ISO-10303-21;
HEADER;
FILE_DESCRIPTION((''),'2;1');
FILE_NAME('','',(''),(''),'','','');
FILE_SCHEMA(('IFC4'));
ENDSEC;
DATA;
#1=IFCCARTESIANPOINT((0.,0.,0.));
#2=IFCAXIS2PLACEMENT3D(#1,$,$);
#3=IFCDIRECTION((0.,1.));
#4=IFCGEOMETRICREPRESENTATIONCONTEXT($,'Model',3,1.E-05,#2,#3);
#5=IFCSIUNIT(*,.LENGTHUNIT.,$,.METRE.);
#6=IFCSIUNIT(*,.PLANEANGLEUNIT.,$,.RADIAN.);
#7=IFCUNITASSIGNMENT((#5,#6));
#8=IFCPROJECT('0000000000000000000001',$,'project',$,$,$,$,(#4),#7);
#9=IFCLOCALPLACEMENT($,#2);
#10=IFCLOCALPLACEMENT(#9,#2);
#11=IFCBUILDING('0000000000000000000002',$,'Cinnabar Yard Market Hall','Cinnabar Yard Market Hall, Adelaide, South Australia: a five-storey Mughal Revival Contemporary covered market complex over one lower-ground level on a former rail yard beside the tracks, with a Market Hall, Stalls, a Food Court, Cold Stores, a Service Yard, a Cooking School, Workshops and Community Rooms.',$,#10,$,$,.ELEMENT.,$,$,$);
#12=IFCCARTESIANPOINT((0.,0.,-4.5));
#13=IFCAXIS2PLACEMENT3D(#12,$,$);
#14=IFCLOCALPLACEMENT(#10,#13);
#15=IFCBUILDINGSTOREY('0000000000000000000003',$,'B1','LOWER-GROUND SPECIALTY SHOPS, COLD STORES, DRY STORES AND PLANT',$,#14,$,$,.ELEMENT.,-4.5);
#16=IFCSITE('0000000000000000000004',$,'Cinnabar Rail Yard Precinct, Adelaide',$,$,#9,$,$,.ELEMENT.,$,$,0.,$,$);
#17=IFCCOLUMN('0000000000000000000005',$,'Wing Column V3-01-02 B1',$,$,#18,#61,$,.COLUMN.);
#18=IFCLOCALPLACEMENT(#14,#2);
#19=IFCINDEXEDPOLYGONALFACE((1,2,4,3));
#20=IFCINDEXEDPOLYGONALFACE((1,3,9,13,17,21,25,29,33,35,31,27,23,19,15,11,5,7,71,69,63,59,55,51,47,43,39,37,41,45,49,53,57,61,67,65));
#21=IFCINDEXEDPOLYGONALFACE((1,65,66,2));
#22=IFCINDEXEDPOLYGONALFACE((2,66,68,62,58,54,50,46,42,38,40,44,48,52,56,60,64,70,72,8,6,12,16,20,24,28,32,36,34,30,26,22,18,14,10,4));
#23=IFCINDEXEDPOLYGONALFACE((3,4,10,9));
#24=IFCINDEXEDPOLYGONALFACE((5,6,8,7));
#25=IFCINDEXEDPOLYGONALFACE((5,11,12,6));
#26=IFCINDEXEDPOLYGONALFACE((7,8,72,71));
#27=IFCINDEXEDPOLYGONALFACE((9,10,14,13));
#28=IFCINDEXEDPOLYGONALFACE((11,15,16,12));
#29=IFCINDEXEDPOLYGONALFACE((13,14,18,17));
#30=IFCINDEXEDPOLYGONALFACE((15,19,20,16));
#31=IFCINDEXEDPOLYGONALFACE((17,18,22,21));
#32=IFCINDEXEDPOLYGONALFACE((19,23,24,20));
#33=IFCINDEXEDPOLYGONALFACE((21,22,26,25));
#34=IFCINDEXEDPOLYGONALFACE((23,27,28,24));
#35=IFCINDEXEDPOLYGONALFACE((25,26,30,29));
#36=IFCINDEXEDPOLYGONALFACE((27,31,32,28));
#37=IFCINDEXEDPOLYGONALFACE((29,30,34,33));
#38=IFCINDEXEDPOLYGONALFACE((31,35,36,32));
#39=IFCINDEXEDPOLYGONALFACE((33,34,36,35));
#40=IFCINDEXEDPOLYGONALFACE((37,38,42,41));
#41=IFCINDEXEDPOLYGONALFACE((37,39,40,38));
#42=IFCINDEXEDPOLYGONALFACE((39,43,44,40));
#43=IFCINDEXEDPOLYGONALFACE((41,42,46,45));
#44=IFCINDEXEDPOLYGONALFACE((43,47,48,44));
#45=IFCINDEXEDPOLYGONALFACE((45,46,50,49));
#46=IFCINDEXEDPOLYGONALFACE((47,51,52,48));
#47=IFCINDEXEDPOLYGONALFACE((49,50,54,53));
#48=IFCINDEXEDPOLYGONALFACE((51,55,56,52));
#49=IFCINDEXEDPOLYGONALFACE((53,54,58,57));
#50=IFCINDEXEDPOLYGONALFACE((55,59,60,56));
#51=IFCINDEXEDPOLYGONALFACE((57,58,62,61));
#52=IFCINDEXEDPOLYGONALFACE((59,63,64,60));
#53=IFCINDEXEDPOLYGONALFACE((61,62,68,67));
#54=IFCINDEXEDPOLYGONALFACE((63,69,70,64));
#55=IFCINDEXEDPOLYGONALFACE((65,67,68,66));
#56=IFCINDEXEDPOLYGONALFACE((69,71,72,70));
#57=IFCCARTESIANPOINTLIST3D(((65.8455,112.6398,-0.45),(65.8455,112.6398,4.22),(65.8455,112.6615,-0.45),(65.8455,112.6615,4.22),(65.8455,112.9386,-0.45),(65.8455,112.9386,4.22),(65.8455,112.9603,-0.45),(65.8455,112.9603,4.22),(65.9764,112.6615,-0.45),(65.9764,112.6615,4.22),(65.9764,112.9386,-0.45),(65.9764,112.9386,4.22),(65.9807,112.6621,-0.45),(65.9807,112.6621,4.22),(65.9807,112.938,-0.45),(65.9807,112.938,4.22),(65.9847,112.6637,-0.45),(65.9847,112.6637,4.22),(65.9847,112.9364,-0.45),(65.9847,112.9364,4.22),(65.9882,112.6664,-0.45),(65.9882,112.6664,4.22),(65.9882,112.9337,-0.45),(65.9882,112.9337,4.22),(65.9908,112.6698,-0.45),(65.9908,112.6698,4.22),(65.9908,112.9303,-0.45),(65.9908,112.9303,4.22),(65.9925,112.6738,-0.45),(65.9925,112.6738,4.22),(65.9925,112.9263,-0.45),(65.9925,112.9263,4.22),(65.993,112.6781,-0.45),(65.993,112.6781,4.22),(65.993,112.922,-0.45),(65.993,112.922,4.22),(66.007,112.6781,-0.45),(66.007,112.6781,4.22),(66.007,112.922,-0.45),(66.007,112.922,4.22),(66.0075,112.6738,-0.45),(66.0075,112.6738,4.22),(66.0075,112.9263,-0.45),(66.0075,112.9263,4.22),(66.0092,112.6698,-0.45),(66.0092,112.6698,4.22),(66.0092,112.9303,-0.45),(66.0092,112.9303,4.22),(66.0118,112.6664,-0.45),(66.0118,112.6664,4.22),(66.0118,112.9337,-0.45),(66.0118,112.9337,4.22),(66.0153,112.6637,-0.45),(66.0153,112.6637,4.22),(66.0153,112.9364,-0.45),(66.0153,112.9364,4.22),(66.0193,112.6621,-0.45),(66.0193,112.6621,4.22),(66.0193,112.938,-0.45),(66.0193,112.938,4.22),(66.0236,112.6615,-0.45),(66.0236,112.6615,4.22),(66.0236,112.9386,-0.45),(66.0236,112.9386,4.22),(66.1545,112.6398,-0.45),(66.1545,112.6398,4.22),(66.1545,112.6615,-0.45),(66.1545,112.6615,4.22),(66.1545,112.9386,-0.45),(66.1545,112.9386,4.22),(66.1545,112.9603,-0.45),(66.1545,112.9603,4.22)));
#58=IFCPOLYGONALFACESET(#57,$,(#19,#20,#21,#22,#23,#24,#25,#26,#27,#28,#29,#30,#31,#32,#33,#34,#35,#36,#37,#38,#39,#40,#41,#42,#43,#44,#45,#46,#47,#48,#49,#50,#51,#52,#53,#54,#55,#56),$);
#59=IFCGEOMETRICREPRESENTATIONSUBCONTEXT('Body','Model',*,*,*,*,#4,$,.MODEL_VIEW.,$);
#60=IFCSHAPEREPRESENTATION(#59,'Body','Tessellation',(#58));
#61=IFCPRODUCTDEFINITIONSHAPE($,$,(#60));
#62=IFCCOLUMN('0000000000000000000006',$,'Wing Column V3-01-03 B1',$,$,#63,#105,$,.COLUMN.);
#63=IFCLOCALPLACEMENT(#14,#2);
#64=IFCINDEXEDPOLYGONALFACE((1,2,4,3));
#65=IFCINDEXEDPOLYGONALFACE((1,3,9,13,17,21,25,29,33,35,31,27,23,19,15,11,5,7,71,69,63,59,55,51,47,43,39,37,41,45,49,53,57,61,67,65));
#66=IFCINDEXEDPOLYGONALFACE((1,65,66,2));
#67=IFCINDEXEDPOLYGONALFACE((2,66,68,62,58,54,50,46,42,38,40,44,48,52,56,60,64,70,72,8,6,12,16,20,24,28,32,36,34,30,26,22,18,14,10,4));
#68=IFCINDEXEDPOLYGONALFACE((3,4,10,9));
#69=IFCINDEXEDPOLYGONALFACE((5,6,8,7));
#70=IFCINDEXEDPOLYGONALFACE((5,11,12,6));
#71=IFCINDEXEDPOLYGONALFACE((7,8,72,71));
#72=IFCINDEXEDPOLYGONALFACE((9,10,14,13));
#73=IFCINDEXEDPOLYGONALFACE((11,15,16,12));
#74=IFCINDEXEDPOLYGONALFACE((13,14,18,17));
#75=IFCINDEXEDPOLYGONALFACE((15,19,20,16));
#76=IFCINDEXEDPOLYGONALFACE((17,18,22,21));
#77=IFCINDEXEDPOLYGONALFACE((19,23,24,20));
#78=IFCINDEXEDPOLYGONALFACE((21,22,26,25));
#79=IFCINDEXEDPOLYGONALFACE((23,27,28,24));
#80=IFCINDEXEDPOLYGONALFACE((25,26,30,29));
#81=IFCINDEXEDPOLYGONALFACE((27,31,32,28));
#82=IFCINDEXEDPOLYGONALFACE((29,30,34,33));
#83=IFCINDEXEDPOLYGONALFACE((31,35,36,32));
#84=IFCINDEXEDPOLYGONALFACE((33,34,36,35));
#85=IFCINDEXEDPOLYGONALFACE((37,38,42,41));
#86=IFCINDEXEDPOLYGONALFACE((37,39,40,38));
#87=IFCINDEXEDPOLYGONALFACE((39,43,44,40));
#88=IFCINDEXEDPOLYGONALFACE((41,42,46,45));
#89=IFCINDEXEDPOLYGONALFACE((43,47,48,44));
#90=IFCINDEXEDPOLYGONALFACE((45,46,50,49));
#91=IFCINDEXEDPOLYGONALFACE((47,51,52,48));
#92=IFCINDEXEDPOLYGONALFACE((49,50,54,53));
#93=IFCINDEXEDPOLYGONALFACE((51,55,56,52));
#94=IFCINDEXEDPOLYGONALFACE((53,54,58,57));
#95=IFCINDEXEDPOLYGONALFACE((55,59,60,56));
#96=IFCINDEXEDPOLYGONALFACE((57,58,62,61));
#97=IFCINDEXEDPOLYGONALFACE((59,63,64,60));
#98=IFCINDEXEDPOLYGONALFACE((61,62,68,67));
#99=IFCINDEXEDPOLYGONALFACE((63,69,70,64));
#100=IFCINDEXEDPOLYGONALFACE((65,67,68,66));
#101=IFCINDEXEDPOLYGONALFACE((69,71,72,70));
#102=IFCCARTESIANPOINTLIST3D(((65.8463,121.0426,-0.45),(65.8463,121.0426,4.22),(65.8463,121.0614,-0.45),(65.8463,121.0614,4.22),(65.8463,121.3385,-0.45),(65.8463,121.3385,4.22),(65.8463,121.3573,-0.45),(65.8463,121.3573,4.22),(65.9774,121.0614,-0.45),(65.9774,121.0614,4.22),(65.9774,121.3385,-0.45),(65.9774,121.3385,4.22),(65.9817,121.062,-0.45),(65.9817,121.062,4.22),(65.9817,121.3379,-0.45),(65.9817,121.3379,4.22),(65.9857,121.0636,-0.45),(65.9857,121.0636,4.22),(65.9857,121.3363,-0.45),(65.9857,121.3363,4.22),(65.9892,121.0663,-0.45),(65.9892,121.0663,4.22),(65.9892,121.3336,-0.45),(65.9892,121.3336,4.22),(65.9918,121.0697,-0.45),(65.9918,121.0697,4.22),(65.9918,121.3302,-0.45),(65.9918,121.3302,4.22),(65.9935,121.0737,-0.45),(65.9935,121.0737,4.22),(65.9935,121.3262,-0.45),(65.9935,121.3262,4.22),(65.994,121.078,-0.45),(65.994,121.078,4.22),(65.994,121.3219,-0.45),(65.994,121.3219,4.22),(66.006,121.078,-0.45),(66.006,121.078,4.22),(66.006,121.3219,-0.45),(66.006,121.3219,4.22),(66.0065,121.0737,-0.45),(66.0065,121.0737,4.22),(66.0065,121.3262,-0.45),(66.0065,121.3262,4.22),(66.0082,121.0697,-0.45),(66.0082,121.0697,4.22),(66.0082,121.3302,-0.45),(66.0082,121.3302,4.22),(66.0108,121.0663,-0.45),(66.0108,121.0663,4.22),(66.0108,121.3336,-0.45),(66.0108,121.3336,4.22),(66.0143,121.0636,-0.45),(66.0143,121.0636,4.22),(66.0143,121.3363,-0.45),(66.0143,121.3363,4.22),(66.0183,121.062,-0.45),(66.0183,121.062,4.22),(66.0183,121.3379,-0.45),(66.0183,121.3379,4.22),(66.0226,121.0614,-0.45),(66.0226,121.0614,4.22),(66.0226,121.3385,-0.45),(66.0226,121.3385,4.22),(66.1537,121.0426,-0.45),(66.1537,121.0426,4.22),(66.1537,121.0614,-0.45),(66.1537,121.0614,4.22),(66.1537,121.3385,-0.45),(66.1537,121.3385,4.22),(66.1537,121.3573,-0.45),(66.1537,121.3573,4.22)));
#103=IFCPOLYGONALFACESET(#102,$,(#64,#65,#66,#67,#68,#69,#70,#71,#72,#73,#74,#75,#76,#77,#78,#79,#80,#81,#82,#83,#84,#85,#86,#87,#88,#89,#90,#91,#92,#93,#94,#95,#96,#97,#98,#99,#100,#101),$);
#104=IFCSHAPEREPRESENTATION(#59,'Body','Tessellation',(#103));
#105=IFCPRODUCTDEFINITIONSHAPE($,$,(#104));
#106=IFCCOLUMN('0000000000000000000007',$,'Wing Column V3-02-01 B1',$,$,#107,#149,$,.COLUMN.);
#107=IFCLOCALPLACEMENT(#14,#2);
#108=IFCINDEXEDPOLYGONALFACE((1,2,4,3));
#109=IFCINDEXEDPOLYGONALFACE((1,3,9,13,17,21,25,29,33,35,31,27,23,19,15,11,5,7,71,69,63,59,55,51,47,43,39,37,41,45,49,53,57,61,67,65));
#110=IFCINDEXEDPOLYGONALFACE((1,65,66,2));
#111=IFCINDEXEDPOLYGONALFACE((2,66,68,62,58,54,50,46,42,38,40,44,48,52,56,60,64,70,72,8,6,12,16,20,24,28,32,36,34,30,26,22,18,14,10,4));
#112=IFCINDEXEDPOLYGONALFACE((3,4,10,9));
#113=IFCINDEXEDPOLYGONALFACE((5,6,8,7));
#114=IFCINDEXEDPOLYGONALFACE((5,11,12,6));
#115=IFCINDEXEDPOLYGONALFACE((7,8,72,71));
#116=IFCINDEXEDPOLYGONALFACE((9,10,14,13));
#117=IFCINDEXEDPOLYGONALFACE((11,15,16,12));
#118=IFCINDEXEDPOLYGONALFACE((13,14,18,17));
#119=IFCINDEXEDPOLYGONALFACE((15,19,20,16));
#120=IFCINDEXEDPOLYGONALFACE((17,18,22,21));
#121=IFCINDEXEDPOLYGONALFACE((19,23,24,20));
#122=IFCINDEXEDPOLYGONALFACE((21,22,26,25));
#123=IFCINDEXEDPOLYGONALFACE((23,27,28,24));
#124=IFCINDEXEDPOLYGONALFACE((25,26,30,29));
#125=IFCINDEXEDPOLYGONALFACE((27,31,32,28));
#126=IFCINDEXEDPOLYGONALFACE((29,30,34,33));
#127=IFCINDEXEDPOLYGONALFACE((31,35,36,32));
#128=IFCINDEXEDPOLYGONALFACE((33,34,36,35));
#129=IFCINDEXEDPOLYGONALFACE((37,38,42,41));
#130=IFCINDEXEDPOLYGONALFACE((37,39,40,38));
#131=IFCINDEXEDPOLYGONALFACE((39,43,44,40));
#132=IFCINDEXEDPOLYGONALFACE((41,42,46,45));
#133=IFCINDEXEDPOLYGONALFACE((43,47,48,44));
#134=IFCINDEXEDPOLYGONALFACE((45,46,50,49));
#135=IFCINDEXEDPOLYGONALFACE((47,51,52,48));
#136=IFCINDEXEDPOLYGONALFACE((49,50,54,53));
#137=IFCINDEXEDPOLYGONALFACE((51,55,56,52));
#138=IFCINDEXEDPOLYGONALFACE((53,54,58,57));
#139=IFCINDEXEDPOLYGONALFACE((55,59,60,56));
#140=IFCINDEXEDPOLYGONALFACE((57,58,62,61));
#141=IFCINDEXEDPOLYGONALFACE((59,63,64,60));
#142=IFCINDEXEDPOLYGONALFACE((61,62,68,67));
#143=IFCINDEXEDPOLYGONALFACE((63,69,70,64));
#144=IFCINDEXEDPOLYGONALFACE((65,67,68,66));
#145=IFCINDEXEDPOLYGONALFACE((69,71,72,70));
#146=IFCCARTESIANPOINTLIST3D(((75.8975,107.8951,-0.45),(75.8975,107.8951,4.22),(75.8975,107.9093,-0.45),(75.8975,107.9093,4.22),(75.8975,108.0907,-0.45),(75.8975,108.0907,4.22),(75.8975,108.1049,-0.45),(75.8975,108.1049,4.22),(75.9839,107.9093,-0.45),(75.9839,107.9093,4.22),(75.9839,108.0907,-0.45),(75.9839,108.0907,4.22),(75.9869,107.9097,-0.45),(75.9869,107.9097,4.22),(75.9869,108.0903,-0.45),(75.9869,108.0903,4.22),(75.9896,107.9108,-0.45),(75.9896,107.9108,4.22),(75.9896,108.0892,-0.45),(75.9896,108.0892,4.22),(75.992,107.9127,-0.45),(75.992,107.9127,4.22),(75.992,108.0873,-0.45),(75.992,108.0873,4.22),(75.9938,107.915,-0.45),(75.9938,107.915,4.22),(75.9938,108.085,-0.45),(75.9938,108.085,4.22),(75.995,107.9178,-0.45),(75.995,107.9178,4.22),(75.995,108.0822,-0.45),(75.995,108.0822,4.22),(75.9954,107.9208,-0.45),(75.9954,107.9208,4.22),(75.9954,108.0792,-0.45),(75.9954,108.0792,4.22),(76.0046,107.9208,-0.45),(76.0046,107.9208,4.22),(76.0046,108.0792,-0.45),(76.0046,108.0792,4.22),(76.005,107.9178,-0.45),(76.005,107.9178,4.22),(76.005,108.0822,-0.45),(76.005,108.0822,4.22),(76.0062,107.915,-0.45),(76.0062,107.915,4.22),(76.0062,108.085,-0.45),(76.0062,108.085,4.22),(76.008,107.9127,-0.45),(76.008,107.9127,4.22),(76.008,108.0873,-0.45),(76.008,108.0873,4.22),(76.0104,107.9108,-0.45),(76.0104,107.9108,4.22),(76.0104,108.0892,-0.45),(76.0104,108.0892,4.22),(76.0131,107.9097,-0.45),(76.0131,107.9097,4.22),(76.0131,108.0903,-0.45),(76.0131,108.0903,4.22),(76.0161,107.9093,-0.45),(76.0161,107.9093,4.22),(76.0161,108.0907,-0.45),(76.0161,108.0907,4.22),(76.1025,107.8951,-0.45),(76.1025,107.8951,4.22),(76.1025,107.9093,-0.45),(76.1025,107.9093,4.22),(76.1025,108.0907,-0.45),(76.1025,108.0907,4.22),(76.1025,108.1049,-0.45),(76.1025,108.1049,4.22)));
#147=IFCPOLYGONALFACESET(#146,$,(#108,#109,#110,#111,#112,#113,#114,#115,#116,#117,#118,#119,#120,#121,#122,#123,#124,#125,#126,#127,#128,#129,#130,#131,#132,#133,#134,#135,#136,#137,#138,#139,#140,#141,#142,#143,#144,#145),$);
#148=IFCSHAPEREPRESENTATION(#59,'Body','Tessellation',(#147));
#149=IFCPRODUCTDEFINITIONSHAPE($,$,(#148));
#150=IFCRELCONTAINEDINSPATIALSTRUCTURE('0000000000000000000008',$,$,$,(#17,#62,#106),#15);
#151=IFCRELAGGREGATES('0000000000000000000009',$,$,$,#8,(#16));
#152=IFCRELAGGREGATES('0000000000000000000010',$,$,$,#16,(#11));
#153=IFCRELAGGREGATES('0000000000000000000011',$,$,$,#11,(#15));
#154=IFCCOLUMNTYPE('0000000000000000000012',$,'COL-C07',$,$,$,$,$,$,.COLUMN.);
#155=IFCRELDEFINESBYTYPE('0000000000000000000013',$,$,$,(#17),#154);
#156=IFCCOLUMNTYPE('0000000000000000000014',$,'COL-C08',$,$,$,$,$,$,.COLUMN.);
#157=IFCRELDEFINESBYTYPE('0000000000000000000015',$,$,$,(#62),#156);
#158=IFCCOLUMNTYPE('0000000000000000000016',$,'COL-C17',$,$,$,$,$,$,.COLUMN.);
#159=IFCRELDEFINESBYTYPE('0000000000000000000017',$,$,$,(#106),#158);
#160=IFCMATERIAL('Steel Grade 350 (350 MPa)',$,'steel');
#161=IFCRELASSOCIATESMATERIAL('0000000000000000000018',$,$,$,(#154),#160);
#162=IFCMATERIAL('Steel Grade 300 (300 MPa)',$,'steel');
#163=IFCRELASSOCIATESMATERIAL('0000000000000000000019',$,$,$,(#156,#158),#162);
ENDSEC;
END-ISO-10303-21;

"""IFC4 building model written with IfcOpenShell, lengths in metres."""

from ifc_helpers import new_model, si_unit, direction, frame, origin, origin_2d_with_axis, place, context, subcontext, project, spatial, i_section, extrude, material, material_profile, profile_set, type_object, element, save


model = new_model("IFC4")

# Units and contexts
model_context = context("Model", 3, precision=1e-05, world=origin(), true_north=direction((0.0, 1.0)))
body_context = subcontext(model_context, "Body", "Model", "MODEL_VIEW")
ifc_project = project(units=[si_unit("LENGTHUNIT", "METRE"), si_unit("PLANEANGLEUNIT", "RADIAN")], contexts=[model_context])

# Site, building, storey
site_placement = place(None, origin())
site = spatial("IfcSite", under=ifc_project, at=site_placement, Name="Cinnabar Rail Yard Precinct, Adelaide", CompositionType="ELEMENT", RefElevation=0.0)
building_placement = place(site_placement, origin())
building = spatial("IfcBuilding", under=site, at=building_placement, Name="Cinnabar Yard Market Hall", Description="Cinnabar Yard Market Hall, Adelaide, South Australia: a five-storey Mughal Revival Contemporary covered market complex over one lower-ground level on a former rail yard beside the tracks, with a Market Hall, Stalls, a Food Court, Cold Stores, a Service Yard, a Cooking School, Workshops and Community Rooms.", CompositionType="ELEMENT")
storey_placement = place(building_placement, frame((0.0, 0.0, -4.5)))
storey = spatial("IfcBuildingStorey", under=building, at=storey_placement, Name="B1", Description="LOWER-GROUND SPECIALTY SHOPS, COLD STORES, DRY STORES AND PLANT", CompositionType="ELEMENT", Elevation=-4.5)

# Columns
ifc_material_1 = material(Name="Steel Grade 350 (350 MPa)", Category="steel")
ifc_material_profile_1 = material_profile(ifc_material_1, i_section(OverallWidth=0.3091, OverallDepth=0.3206, WebThickness=0.0139, FlangeThickness=0.0217, FilletRadius=0.0166, at=origin_2d_with_axis()), Name="310UC137")
ifc_profile_set_1 = profile_set([ifc_material_profile_1], Name="Steel Grade 350 (350 MPa)")
column_type_1 = type_object("IfcColumnType", Name="COL-C07", PredefinedType="COLUMN", material=ifc_profile_set_1)
column_1_placement = place(storey_placement, frame((66.0, 112.8, -0.45), z_axis=(0.0, 0.0, 1.0), x_axis=(1.0, 0.0, 0.0)))
element("IfcColumn", 1, at=column_1_placement, inside=storey, type_object=column_type_1, Name="Wing Column V3-01-02 B1", PredefinedType="COLUMN", context=body_context, shape_type="SweptSolid", body=[
    extrude(i_section(OverallWidth=0.3091, OverallDepth=0.3206, WebThickness=0.0139, FlangeThickness=0.0217, FilletRadius=0.0166, at=origin_2d_with_axis()), origin(), (0.0, 0.0, 1.0), 4.6699),
])
ifc_material_2 = material(Name="Steel Grade 300 (300 MPa)", Category="steel")
ifc_material_profile_2 = material_profile(ifc_material_2, i_section(OverallWidth=0.3074, OverallDepth=0.3147, WebThickness=0.012, FlangeThickness=0.0188, FilletRadius=0.0166, at=origin_2d_with_axis()), Name="310UC118")
ifc_profile_set_2 = profile_set([ifc_material_profile_2], Name="Steel Grade 300 (300 MPa)")
column_type_2 = type_object("IfcColumnType", Name="COL-C08", PredefinedType="COLUMN", material=ifc_profile_set_2)
column_2_placement = place(storey_placement, frame((66.0, 121.2, -0.45), z_axis=(0.0, 0.0, 1.0), x_axis=(1.0, 0.0, 0.0)))
element("IfcColumn", 2, at=column_2_placement, inside=storey, type_object=column_type_2, Name="Wing Column V3-01-03 B1", PredefinedType="COLUMN", context=body_context, shape_type="SweptSolid", body=[
    extrude(i_section(OverallWidth=0.3074, OverallDepth=0.3147, WebThickness=0.012, FlangeThickness=0.0188, FilletRadius=0.0166, at=origin_2d_with_axis()), origin(), (0.0, 0.0, 1.0), 4.6699),
])
ifc_material_profile_3 = material_profile(ifc_material_2, i_section(OverallWidth=0.2051, OverallDepth=0.2097, WebThickness=0.0093, FlangeThickness=0.0142, FilletRadius=0.0115, at=origin_2d_with_axis()), Name="200UC59.5")
ifc_profile_set_3 = profile_set([ifc_material_profile_3], Name="Steel Grade 300 (300 MPa)")
column_type_3 = type_object("IfcColumnType", Name="COL-C17", PredefinedType="COLUMN", material=ifc_profile_set_3)
column_3_placement = place(storey_placement, frame((76.0, 108.0, -0.45), z_axis=(0.0, 0.0, 1.0), x_axis=(1.0, 0.0, 0.0)))
element("IfcColumn", 3, at=column_3_placement, inside=storey, type_object=column_type_3, Name="Wing Column V3-02-01 B1", PredefinedType="COLUMN", context=body_context, shape_type="SweptSolid", body=[
    extrude(i_section(OverallWidth=0.2051, OverallDepth=0.2097, WebThickness=0.0093, FlangeThickness=0.0142, FilletRadius=0.0115, at=origin_2d_with_axis()), origin(), (0.0, 0.0, 1.0), 4.6699),
])

save(model, "model.ifc")
